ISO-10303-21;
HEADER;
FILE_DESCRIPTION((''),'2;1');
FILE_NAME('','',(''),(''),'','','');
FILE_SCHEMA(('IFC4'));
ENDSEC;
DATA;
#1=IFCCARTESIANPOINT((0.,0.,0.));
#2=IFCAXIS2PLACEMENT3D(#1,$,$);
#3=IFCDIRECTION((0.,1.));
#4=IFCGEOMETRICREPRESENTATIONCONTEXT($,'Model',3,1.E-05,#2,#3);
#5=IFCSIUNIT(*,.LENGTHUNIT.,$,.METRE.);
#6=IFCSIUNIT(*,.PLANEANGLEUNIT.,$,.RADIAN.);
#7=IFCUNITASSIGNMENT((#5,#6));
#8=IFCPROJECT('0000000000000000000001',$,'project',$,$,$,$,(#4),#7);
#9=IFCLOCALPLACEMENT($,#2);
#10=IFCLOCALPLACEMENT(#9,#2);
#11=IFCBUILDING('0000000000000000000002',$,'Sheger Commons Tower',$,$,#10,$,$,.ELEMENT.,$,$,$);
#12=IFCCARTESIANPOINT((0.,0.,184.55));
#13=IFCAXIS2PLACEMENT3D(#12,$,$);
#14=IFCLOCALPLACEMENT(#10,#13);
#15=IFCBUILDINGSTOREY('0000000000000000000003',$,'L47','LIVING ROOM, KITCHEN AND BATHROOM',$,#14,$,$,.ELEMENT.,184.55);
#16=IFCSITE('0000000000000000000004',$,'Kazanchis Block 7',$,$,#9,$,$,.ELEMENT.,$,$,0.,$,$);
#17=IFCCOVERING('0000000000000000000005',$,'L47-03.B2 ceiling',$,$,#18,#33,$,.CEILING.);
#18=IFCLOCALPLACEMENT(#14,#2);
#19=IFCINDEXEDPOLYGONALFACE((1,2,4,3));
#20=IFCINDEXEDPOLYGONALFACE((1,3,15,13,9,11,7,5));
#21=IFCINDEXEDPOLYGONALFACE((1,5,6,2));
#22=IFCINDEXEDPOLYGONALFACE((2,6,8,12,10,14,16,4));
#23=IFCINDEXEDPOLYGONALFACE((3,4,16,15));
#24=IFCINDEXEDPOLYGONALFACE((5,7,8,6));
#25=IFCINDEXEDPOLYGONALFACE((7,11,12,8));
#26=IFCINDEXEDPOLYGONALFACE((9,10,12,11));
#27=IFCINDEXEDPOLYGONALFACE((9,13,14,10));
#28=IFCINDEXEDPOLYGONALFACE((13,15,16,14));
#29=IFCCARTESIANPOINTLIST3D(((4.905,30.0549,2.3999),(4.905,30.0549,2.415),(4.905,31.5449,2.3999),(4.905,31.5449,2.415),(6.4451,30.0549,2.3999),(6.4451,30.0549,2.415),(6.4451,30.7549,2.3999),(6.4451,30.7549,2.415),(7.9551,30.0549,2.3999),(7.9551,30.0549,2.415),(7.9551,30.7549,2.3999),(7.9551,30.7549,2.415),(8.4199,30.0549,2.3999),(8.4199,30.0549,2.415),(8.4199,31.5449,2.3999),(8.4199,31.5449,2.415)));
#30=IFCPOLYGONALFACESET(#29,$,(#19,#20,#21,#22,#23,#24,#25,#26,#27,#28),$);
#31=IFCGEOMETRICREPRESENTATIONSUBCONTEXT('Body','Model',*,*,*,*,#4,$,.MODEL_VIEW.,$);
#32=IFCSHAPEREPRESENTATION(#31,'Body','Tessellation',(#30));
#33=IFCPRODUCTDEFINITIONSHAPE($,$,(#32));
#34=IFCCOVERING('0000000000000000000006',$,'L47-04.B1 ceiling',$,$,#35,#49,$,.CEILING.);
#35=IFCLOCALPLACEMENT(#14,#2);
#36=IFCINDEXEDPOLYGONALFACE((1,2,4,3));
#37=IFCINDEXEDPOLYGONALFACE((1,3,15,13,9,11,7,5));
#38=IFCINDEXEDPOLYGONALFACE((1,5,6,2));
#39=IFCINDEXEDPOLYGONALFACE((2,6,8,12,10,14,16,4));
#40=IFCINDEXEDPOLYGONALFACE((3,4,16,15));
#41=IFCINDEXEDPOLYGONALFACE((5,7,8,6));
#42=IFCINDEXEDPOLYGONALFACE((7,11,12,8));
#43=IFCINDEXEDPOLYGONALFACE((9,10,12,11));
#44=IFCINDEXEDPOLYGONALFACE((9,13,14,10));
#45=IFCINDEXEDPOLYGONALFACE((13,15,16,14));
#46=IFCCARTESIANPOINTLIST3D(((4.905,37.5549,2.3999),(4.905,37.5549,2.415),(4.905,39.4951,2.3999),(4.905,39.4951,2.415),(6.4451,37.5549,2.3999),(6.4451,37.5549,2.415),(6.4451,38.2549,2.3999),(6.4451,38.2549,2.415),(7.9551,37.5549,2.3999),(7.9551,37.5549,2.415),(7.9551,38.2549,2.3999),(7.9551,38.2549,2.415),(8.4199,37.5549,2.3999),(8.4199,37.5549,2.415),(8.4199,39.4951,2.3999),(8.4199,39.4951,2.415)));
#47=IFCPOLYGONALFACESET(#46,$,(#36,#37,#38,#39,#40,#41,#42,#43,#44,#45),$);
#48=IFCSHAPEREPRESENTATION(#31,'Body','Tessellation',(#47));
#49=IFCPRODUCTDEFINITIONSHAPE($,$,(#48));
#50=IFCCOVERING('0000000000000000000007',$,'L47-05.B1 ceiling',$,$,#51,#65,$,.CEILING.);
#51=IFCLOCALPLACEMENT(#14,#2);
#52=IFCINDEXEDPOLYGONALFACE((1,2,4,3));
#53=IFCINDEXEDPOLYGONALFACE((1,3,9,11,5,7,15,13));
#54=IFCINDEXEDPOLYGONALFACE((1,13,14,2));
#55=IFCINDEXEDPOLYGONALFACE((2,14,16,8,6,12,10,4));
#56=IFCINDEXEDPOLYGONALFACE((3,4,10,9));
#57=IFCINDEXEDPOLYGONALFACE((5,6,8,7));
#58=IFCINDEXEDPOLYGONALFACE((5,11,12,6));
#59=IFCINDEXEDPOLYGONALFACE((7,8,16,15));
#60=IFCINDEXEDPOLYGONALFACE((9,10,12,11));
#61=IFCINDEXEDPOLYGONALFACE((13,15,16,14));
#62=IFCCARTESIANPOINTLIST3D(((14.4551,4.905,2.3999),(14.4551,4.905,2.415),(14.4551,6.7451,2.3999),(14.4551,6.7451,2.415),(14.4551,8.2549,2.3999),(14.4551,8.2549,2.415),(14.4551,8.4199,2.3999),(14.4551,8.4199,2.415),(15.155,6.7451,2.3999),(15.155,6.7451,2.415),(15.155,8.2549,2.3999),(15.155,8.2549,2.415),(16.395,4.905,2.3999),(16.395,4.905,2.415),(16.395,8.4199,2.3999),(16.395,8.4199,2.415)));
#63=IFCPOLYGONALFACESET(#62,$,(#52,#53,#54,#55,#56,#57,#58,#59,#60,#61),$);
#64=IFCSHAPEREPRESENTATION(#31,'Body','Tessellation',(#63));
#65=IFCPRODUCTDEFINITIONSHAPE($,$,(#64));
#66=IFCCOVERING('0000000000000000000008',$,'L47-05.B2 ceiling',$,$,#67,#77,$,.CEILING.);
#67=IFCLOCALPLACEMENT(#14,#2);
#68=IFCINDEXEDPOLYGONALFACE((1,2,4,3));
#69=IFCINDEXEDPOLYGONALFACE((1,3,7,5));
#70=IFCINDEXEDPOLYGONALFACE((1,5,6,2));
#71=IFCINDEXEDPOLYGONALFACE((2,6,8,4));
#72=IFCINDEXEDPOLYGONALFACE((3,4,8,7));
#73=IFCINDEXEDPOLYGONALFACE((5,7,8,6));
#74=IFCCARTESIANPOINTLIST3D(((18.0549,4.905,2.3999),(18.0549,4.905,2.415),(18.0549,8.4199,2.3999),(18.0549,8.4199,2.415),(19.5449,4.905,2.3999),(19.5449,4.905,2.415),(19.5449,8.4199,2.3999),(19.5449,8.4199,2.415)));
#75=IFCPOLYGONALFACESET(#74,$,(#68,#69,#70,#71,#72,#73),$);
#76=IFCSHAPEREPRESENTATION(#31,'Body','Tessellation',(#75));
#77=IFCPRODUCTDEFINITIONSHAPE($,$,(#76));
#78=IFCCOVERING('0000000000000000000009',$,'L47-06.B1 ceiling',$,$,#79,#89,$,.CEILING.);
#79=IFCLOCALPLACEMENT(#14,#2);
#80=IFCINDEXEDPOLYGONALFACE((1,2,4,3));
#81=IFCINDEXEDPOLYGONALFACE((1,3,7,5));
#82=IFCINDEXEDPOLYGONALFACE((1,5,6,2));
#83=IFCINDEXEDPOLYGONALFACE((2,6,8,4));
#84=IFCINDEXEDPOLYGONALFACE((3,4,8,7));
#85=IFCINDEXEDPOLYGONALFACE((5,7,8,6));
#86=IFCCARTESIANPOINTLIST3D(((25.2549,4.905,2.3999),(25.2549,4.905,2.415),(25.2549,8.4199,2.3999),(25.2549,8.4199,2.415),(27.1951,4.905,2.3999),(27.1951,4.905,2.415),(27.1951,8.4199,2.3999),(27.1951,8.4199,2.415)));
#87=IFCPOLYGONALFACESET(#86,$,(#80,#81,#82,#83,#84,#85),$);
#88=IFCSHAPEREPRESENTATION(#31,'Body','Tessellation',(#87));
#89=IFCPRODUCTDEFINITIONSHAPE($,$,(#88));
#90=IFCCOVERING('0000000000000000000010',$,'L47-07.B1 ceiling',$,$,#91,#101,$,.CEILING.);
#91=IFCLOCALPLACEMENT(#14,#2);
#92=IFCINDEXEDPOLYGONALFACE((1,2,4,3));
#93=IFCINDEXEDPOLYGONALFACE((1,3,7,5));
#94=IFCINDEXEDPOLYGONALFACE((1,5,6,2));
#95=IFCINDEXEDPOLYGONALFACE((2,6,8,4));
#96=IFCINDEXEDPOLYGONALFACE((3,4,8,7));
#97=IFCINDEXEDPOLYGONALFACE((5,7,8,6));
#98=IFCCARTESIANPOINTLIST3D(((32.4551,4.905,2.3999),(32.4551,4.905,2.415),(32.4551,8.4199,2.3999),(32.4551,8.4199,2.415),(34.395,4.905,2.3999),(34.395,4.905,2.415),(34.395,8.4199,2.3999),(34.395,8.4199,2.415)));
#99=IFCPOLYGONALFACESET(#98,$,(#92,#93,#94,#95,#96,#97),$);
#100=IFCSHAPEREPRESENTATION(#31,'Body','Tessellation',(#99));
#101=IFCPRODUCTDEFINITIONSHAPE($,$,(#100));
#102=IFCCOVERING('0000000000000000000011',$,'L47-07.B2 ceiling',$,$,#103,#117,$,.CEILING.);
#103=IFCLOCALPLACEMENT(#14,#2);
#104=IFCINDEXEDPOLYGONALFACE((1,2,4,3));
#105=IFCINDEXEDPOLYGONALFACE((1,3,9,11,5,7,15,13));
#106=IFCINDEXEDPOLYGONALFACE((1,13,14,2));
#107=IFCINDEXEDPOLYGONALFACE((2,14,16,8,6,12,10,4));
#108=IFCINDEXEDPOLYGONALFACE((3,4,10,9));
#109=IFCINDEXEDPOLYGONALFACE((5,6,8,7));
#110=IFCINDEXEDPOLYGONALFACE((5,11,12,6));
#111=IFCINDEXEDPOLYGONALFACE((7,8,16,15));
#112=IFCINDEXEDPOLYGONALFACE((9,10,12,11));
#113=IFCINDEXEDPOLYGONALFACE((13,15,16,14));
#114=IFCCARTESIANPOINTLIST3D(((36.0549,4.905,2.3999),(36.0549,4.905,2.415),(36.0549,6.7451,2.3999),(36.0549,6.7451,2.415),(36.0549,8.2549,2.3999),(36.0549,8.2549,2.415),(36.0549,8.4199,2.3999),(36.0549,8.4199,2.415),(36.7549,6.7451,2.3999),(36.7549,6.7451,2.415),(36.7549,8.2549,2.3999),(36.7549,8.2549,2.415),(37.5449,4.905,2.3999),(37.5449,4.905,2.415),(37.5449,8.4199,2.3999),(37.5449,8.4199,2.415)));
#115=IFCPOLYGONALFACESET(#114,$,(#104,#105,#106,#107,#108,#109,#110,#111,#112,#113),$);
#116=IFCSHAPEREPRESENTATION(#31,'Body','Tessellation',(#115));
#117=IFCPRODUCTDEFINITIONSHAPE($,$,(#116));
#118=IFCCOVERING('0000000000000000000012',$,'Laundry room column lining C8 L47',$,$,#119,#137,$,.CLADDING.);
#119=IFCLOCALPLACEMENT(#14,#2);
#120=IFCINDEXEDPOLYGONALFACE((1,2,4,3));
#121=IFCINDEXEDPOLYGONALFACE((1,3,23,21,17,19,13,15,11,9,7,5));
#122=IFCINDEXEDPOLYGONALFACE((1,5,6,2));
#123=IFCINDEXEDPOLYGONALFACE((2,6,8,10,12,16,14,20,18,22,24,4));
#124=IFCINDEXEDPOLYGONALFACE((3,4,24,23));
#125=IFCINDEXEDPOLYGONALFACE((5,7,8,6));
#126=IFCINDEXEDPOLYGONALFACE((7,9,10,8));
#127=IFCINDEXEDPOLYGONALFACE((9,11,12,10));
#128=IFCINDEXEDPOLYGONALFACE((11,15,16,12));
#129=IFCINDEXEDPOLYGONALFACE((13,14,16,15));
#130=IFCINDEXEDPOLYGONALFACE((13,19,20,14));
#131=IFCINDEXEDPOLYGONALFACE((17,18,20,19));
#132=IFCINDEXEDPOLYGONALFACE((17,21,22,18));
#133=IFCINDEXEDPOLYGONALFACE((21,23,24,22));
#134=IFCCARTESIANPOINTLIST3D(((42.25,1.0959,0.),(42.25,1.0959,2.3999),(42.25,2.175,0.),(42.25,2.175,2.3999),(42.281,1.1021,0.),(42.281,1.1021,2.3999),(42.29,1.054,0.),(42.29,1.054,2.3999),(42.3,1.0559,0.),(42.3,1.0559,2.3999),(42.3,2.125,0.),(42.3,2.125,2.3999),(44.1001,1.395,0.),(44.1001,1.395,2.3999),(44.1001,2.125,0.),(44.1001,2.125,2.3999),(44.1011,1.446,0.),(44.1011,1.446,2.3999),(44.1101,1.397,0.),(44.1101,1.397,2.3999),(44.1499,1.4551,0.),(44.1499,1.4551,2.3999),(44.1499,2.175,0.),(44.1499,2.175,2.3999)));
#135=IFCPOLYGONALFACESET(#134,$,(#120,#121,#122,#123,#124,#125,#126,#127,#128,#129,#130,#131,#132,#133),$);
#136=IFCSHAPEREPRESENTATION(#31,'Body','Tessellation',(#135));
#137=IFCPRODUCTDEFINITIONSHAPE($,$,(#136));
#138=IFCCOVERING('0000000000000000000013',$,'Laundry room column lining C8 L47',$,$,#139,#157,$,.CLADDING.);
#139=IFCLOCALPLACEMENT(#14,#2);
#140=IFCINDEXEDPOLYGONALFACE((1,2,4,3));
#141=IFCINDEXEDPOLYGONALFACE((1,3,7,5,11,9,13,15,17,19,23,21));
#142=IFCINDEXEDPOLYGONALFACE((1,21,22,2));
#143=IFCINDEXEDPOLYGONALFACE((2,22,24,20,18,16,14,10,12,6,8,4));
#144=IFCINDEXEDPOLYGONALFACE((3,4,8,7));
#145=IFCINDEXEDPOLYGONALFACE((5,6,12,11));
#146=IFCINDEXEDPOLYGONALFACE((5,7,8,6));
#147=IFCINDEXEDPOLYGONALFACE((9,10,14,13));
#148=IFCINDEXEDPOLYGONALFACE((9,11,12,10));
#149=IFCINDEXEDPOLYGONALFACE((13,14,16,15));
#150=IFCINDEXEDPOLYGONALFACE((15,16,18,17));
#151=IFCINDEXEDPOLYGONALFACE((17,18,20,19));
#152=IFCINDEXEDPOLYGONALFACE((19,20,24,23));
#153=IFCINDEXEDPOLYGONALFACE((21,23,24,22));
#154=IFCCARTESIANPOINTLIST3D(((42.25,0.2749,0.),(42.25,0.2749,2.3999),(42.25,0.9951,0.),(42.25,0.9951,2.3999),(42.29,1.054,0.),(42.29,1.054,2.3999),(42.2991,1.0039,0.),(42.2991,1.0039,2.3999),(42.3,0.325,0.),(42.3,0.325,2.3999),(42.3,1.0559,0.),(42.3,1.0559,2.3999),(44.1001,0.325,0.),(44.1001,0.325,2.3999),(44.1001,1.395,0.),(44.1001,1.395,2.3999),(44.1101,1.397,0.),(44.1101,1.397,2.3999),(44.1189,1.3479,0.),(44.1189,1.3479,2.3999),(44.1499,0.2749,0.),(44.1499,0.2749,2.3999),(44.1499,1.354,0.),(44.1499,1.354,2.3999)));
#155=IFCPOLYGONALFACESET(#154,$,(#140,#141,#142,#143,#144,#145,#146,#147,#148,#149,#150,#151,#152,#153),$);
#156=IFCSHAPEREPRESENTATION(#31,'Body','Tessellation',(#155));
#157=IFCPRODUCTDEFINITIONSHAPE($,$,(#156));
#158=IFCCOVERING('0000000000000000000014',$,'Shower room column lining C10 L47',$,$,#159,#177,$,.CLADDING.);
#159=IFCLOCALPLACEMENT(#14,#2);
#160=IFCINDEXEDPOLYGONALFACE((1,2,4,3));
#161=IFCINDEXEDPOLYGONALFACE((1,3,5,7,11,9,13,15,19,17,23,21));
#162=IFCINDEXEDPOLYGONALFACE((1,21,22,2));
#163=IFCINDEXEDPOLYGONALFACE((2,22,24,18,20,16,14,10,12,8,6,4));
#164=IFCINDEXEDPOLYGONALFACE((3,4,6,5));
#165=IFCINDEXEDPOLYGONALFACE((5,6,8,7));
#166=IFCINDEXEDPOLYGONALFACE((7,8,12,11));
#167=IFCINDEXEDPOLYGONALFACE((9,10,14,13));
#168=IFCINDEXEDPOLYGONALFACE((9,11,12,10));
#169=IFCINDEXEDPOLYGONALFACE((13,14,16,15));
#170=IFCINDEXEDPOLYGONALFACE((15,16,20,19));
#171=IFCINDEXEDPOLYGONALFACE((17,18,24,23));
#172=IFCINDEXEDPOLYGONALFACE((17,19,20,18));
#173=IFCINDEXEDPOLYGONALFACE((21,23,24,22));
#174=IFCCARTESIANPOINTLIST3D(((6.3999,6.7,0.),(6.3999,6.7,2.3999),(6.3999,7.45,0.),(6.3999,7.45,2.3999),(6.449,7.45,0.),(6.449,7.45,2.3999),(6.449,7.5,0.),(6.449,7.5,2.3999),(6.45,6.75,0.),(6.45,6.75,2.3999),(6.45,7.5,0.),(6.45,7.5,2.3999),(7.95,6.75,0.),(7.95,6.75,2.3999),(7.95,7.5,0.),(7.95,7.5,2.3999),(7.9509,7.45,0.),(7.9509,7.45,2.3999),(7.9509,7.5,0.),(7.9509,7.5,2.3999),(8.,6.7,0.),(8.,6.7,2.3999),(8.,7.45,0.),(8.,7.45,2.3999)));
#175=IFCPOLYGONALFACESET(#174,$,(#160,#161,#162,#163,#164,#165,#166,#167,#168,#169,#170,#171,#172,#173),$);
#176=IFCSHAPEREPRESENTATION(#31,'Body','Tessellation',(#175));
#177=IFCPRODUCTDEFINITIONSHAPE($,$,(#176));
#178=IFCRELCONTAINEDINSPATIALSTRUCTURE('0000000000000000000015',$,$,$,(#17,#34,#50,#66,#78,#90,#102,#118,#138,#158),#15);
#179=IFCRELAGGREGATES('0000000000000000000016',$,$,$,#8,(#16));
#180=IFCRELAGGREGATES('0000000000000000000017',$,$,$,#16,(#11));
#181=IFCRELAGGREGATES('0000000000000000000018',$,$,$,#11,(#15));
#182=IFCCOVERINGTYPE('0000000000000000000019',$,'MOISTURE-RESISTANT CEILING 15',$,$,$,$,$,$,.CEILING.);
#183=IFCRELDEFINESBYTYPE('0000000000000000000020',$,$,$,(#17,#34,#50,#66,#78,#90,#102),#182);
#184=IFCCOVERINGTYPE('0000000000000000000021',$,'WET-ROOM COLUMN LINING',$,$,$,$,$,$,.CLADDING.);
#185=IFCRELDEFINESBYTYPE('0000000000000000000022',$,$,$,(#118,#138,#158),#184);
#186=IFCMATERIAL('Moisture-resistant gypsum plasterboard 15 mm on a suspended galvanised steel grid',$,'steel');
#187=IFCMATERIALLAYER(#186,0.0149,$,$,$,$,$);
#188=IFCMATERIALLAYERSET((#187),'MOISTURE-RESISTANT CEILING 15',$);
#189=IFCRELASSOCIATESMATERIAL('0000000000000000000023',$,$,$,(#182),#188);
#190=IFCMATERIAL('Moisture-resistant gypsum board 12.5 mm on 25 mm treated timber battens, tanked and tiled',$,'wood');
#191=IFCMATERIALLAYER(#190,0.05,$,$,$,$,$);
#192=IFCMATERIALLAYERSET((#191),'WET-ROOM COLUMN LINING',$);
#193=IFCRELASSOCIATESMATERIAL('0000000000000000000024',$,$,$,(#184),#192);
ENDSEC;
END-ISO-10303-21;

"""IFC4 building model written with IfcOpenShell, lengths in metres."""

from ifc_helpers import new_model, si_unit, direction, frame, origin, place, context, subcontext, project, spatial, polyline, outline, extrude, material, layer, layer_set, type_object, element, save


model = new_model("IFC4")

# Units and contexts
model_context = context("Model", 3, precision=1e-05, world=origin(), true_north=direction((0.0, 1.0)))
body_context = subcontext(model_context, "Body", "Model", "MODEL_VIEW")
ifc_project = project(units=[si_unit("LENGTHUNIT", "METRE"), si_unit("PLANEANGLEUNIT", "RADIAN")], contexts=[model_context])

# Site, building, storey
site_placement = place(None, origin())
site = spatial("IfcSite", under=ifc_project, at=site_placement, Name="Kazanchis Block 7", CompositionType="ELEMENT", RefElevation=0.0)
building_placement = place(site_placement, origin())
building = spatial("IfcBuilding", under=site, at=building_placement, Name="Sheger Commons Tower", CompositionType="ELEMENT")
storey_placement = place(building_placement, frame((0.0, 0.0, 184.55)))
storey = spatial("IfcBuildingStorey", under=building, at=storey_placement, Name="L47", Description="LIVING ROOM, KITCHEN AND BATHROOM", CompositionType="ELEMENT", Elevation=184.55)

# Coverings
ifc_material_1 = material(Name="Moisture-resistant gypsum plasterboard 15 mm on a suspended galvanised steel grid", Category="steel")
ifc_layer_1 = layer(ifc_material_1, 0.0149)
ifc_layer_set_1 = layer_set([ifc_layer_1], Name="MOISTURE-RESISTANT CEILING 15")
covering_type_1 = type_object("IfcCoveringType", Name="MOISTURE-RESISTANT CEILING 15", PredefinedType="CEILING", material=ifc_layer_set_1)
covering_1_placement = place(storey_placement, frame((0.0, 0.0, 2.3999)))
element("IfcCovering", 1, at=covering_1_placement, inside=storey, type_object=covering_type_1, Name="L47-03.B2 ceiling", PredefinedType="CEILING", context=body_context, shape_type="SweptSolid", body=[
    extrude(outline(polyline([(4.905, 30.0549), (6.4451, 30.0549), (6.4451, 30.7549), (7.9551, 30.7549), (7.9551, 30.0549), (8.4199, 30.0549), (8.4199, 31.5449), (4.905, 31.5449), (4.905, 30.0549)])), origin(), (0.0, 0.0, 1.0), 0.0151),
])
covering_2_placement = place(storey_placement, frame((0.0, 0.0, 2.3999)))
element("IfcCovering", 2, at=covering_2_placement, inside=storey, type_object=covering_type_1, Name="L47-04.B1 ceiling", PredefinedType="CEILING", context=body_context, shape_type="SweptSolid", body=[
    extrude(outline(polyline([(4.905, 37.5549), (6.4451, 37.5549), (6.4451, 38.2549), (7.9551, 38.2549), (7.9551, 37.5549), (8.4199, 37.5549), (8.4199, 39.4951), (4.905, 39.4951), (4.905, 37.5549)])), origin(), (0.0, 0.0, 1.0), 0.0151),
])
covering_3_placement = place(storey_placement, frame((0.0, 0.0, 2.3999)))
element("IfcCovering", 3, at=covering_3_placement, inside=storey, type_object=covering_type_1, Name="L47-05.B1 ceiling", PredefinedType="CEILING", context=body_context, shape_type="SweptSolid", body=[
    extrude(outline(polyline([(14.4551, 4.905), (16.395, 4.905), (16.395, 8.4199), (14.4551, 8.4199), (14.4551, 8.2549), (15.155, 8.2549), (15.155, 6.7451), (14.4551, 6.7451), (14.4551, 4.905)])), origin(), (0.0, 0.0, 1.0), 0.0151),
])
covering_4_placement = place(storey_placement, frame((0.0, 0.0, 2.3999)))
element("IfcCovering", 4, at=covering_4_placement, inside=storey, type_object=covering_type_1, Name="L47-05.B2 ceiling", PredefinedType="CEILING", context=body_context, shape_type="SweptSolid", body=[
    extrude(outline(polyline([(18.0549, 4.905), (19.5449, 4.905), (19.5449, 8.4199), (18.0549, 8.4199), (18.0549, 4.905)])), origin(), (0.0, 0.0, 1.0), 0.0151),
])
covering_5_placement = place(storey_placement, frame((0.0, 0.0, 2.3999)))
element("IfcCovering", 5, at=covering_5_placement, inside=storey, type_object=covering_type_1, Name="L47-06.B1 ceiling", PredefinedType="CEILING", context=body_context, shape_type="SweptSolid", body=[
    extrude(outline(polyline([(25.2549, 4.905), (27.1951, 4.905), (27.1951, 8.4199), (25.2549, 8.4199), (25.2549, 4.905)])), origin(), (0.0, 0.0, 1.0), 0.0151),
])
covering_6_placement = place(storey_placement, frame((0.0, 0.0, 2.3999)))
element("IfcCovering", 6, at=covering_6_placement, inside=storey, type_object=covering_type_1, Name="L47-07.B1 ceiling", PredefinedType="CEILING", context=body_context, shape_type="SweptSolid", body=[
    extrude(outline(polyline([(32.4551, 4.905), (34.395, 4.905), (34.395, 8.4199), (32.4551, 8.4199), (32.4551, 4.905)])), origin(), (0.0, 0.0, 1.0), 0.0151),
])
covering_7_placement = place(storey_placement, frame((0.0, 0.0, 2.3999)))
element("IfcCovering", 7, at=covering_7_placement, inside=storey, type_object=covering_type_1, Name="L47-07.B2 ceiling", PredefinedType="CEILING", context=body_context, shape_type="SweptSolid", body=[
    extrude(outline(polyline([(36.0549, 4.905), (37.5449, 4.905), (37.5449, 8.4199), (36.0549, 8.4199), (36.0549, 8.2549), (36.7549, 8.2549), (36.7549, 6.7451), (36.0549, 6.7451), (36.0549, 4.905)])), origin(), (0.0, 0.0, 1.0), 0.0151),
])
ifc_material_2 = material(Name="Moisture-resistant gypsum board 12.5 mm on 25 mm treated timber battens, tanked and tiled", Category="wood")
ifc_layer_2 = layer(ifc_material_2, 0.05)
ifc_layer_set_2 = layer_set([ifc_layer_2], Name="WET-ROOM COLUMN LINING")
covering_type_2 = type_object("IfcCoveringType", Name="WET-ROOM COLUMN LINING", PredefinedType="CLADDING", material=ifc_layer_set_2)
covering_8_placement = place(storey_placement, origin())
element("IfcCovering", 8, at=covering_8_placement, inside=storey, type_object=covering_type_2, Name="Laundry room column lining C8 L47", PredefinedType="CLADDING", context=body_context, shape_type="SweptSolid", body=[
    extrude(outline(polyline([(44.1499, 2.175), (44.1499, 1.4551), (44.1011, 1.446), (44.1101, 1.397), (44.1001, 1.395), (44.1001, 2.125), (42.3, 2.125), (42.3, 1.0559), (42.29, 1.054), (42.281, 1.1021), (42.25, 1.0959), (42.25, 2.175), (44.1499, 2.175)])), origin(), (0.0, 0.0, 1.0), 2.3999),
])
covering_9_placement = place(storey_placement, origin())
element("IfcCovering", 9, at=covering_9_placement, inside=storey, type_object=covering_type_2, Name="Laundry room column lining C8 L47", PredefinedType="CLADDING", context=body_context, shape_type="SweptSolid", body=[
    extrude(outline(polyline([(42.3, 1.0559), (42.3, 0.325), (44.1001, 0.325), (44.1001, 1.395), (44.1101, 1.397), (44.1189, 1.3479), (44.1499, 1.354), (44.1499, 0.2749), (42.25, 0.2749), (42.25, 0.9951), (42.2991, 1.0039), (42.29, 1.054), (42.3, 1.0559)])), origin(), (0.0, 0.0, 1.0), 2.3999),
])
covering_10_placement = place(storey_placement, origin())
element("IfcCovering", 10, at=covering_10_placement, inside=storey, type_object=covering_type_2, Name="Shower room column lining C10 L47", PredefinedType="CLADDING", context=body_context, shape_type="SweptSolid", body=[
    extrude(outline(polyline([(6.45, 7.5), (6.45, 6.75), (7.95, 6.75), (7.95, 7.5), (7.9509, 7.5), (7.9509, 7.45), (8.0, 7.45), (8.0, 6.7), (6.3999, 6.7), (6.3999, 7.45), (6.449, 7.45), (6.449, 7.5), (6.45, 7.5)])), origin(), (0.0, 0.0, 1.0), 2.3999),
])

save(model, "model.ifc")
